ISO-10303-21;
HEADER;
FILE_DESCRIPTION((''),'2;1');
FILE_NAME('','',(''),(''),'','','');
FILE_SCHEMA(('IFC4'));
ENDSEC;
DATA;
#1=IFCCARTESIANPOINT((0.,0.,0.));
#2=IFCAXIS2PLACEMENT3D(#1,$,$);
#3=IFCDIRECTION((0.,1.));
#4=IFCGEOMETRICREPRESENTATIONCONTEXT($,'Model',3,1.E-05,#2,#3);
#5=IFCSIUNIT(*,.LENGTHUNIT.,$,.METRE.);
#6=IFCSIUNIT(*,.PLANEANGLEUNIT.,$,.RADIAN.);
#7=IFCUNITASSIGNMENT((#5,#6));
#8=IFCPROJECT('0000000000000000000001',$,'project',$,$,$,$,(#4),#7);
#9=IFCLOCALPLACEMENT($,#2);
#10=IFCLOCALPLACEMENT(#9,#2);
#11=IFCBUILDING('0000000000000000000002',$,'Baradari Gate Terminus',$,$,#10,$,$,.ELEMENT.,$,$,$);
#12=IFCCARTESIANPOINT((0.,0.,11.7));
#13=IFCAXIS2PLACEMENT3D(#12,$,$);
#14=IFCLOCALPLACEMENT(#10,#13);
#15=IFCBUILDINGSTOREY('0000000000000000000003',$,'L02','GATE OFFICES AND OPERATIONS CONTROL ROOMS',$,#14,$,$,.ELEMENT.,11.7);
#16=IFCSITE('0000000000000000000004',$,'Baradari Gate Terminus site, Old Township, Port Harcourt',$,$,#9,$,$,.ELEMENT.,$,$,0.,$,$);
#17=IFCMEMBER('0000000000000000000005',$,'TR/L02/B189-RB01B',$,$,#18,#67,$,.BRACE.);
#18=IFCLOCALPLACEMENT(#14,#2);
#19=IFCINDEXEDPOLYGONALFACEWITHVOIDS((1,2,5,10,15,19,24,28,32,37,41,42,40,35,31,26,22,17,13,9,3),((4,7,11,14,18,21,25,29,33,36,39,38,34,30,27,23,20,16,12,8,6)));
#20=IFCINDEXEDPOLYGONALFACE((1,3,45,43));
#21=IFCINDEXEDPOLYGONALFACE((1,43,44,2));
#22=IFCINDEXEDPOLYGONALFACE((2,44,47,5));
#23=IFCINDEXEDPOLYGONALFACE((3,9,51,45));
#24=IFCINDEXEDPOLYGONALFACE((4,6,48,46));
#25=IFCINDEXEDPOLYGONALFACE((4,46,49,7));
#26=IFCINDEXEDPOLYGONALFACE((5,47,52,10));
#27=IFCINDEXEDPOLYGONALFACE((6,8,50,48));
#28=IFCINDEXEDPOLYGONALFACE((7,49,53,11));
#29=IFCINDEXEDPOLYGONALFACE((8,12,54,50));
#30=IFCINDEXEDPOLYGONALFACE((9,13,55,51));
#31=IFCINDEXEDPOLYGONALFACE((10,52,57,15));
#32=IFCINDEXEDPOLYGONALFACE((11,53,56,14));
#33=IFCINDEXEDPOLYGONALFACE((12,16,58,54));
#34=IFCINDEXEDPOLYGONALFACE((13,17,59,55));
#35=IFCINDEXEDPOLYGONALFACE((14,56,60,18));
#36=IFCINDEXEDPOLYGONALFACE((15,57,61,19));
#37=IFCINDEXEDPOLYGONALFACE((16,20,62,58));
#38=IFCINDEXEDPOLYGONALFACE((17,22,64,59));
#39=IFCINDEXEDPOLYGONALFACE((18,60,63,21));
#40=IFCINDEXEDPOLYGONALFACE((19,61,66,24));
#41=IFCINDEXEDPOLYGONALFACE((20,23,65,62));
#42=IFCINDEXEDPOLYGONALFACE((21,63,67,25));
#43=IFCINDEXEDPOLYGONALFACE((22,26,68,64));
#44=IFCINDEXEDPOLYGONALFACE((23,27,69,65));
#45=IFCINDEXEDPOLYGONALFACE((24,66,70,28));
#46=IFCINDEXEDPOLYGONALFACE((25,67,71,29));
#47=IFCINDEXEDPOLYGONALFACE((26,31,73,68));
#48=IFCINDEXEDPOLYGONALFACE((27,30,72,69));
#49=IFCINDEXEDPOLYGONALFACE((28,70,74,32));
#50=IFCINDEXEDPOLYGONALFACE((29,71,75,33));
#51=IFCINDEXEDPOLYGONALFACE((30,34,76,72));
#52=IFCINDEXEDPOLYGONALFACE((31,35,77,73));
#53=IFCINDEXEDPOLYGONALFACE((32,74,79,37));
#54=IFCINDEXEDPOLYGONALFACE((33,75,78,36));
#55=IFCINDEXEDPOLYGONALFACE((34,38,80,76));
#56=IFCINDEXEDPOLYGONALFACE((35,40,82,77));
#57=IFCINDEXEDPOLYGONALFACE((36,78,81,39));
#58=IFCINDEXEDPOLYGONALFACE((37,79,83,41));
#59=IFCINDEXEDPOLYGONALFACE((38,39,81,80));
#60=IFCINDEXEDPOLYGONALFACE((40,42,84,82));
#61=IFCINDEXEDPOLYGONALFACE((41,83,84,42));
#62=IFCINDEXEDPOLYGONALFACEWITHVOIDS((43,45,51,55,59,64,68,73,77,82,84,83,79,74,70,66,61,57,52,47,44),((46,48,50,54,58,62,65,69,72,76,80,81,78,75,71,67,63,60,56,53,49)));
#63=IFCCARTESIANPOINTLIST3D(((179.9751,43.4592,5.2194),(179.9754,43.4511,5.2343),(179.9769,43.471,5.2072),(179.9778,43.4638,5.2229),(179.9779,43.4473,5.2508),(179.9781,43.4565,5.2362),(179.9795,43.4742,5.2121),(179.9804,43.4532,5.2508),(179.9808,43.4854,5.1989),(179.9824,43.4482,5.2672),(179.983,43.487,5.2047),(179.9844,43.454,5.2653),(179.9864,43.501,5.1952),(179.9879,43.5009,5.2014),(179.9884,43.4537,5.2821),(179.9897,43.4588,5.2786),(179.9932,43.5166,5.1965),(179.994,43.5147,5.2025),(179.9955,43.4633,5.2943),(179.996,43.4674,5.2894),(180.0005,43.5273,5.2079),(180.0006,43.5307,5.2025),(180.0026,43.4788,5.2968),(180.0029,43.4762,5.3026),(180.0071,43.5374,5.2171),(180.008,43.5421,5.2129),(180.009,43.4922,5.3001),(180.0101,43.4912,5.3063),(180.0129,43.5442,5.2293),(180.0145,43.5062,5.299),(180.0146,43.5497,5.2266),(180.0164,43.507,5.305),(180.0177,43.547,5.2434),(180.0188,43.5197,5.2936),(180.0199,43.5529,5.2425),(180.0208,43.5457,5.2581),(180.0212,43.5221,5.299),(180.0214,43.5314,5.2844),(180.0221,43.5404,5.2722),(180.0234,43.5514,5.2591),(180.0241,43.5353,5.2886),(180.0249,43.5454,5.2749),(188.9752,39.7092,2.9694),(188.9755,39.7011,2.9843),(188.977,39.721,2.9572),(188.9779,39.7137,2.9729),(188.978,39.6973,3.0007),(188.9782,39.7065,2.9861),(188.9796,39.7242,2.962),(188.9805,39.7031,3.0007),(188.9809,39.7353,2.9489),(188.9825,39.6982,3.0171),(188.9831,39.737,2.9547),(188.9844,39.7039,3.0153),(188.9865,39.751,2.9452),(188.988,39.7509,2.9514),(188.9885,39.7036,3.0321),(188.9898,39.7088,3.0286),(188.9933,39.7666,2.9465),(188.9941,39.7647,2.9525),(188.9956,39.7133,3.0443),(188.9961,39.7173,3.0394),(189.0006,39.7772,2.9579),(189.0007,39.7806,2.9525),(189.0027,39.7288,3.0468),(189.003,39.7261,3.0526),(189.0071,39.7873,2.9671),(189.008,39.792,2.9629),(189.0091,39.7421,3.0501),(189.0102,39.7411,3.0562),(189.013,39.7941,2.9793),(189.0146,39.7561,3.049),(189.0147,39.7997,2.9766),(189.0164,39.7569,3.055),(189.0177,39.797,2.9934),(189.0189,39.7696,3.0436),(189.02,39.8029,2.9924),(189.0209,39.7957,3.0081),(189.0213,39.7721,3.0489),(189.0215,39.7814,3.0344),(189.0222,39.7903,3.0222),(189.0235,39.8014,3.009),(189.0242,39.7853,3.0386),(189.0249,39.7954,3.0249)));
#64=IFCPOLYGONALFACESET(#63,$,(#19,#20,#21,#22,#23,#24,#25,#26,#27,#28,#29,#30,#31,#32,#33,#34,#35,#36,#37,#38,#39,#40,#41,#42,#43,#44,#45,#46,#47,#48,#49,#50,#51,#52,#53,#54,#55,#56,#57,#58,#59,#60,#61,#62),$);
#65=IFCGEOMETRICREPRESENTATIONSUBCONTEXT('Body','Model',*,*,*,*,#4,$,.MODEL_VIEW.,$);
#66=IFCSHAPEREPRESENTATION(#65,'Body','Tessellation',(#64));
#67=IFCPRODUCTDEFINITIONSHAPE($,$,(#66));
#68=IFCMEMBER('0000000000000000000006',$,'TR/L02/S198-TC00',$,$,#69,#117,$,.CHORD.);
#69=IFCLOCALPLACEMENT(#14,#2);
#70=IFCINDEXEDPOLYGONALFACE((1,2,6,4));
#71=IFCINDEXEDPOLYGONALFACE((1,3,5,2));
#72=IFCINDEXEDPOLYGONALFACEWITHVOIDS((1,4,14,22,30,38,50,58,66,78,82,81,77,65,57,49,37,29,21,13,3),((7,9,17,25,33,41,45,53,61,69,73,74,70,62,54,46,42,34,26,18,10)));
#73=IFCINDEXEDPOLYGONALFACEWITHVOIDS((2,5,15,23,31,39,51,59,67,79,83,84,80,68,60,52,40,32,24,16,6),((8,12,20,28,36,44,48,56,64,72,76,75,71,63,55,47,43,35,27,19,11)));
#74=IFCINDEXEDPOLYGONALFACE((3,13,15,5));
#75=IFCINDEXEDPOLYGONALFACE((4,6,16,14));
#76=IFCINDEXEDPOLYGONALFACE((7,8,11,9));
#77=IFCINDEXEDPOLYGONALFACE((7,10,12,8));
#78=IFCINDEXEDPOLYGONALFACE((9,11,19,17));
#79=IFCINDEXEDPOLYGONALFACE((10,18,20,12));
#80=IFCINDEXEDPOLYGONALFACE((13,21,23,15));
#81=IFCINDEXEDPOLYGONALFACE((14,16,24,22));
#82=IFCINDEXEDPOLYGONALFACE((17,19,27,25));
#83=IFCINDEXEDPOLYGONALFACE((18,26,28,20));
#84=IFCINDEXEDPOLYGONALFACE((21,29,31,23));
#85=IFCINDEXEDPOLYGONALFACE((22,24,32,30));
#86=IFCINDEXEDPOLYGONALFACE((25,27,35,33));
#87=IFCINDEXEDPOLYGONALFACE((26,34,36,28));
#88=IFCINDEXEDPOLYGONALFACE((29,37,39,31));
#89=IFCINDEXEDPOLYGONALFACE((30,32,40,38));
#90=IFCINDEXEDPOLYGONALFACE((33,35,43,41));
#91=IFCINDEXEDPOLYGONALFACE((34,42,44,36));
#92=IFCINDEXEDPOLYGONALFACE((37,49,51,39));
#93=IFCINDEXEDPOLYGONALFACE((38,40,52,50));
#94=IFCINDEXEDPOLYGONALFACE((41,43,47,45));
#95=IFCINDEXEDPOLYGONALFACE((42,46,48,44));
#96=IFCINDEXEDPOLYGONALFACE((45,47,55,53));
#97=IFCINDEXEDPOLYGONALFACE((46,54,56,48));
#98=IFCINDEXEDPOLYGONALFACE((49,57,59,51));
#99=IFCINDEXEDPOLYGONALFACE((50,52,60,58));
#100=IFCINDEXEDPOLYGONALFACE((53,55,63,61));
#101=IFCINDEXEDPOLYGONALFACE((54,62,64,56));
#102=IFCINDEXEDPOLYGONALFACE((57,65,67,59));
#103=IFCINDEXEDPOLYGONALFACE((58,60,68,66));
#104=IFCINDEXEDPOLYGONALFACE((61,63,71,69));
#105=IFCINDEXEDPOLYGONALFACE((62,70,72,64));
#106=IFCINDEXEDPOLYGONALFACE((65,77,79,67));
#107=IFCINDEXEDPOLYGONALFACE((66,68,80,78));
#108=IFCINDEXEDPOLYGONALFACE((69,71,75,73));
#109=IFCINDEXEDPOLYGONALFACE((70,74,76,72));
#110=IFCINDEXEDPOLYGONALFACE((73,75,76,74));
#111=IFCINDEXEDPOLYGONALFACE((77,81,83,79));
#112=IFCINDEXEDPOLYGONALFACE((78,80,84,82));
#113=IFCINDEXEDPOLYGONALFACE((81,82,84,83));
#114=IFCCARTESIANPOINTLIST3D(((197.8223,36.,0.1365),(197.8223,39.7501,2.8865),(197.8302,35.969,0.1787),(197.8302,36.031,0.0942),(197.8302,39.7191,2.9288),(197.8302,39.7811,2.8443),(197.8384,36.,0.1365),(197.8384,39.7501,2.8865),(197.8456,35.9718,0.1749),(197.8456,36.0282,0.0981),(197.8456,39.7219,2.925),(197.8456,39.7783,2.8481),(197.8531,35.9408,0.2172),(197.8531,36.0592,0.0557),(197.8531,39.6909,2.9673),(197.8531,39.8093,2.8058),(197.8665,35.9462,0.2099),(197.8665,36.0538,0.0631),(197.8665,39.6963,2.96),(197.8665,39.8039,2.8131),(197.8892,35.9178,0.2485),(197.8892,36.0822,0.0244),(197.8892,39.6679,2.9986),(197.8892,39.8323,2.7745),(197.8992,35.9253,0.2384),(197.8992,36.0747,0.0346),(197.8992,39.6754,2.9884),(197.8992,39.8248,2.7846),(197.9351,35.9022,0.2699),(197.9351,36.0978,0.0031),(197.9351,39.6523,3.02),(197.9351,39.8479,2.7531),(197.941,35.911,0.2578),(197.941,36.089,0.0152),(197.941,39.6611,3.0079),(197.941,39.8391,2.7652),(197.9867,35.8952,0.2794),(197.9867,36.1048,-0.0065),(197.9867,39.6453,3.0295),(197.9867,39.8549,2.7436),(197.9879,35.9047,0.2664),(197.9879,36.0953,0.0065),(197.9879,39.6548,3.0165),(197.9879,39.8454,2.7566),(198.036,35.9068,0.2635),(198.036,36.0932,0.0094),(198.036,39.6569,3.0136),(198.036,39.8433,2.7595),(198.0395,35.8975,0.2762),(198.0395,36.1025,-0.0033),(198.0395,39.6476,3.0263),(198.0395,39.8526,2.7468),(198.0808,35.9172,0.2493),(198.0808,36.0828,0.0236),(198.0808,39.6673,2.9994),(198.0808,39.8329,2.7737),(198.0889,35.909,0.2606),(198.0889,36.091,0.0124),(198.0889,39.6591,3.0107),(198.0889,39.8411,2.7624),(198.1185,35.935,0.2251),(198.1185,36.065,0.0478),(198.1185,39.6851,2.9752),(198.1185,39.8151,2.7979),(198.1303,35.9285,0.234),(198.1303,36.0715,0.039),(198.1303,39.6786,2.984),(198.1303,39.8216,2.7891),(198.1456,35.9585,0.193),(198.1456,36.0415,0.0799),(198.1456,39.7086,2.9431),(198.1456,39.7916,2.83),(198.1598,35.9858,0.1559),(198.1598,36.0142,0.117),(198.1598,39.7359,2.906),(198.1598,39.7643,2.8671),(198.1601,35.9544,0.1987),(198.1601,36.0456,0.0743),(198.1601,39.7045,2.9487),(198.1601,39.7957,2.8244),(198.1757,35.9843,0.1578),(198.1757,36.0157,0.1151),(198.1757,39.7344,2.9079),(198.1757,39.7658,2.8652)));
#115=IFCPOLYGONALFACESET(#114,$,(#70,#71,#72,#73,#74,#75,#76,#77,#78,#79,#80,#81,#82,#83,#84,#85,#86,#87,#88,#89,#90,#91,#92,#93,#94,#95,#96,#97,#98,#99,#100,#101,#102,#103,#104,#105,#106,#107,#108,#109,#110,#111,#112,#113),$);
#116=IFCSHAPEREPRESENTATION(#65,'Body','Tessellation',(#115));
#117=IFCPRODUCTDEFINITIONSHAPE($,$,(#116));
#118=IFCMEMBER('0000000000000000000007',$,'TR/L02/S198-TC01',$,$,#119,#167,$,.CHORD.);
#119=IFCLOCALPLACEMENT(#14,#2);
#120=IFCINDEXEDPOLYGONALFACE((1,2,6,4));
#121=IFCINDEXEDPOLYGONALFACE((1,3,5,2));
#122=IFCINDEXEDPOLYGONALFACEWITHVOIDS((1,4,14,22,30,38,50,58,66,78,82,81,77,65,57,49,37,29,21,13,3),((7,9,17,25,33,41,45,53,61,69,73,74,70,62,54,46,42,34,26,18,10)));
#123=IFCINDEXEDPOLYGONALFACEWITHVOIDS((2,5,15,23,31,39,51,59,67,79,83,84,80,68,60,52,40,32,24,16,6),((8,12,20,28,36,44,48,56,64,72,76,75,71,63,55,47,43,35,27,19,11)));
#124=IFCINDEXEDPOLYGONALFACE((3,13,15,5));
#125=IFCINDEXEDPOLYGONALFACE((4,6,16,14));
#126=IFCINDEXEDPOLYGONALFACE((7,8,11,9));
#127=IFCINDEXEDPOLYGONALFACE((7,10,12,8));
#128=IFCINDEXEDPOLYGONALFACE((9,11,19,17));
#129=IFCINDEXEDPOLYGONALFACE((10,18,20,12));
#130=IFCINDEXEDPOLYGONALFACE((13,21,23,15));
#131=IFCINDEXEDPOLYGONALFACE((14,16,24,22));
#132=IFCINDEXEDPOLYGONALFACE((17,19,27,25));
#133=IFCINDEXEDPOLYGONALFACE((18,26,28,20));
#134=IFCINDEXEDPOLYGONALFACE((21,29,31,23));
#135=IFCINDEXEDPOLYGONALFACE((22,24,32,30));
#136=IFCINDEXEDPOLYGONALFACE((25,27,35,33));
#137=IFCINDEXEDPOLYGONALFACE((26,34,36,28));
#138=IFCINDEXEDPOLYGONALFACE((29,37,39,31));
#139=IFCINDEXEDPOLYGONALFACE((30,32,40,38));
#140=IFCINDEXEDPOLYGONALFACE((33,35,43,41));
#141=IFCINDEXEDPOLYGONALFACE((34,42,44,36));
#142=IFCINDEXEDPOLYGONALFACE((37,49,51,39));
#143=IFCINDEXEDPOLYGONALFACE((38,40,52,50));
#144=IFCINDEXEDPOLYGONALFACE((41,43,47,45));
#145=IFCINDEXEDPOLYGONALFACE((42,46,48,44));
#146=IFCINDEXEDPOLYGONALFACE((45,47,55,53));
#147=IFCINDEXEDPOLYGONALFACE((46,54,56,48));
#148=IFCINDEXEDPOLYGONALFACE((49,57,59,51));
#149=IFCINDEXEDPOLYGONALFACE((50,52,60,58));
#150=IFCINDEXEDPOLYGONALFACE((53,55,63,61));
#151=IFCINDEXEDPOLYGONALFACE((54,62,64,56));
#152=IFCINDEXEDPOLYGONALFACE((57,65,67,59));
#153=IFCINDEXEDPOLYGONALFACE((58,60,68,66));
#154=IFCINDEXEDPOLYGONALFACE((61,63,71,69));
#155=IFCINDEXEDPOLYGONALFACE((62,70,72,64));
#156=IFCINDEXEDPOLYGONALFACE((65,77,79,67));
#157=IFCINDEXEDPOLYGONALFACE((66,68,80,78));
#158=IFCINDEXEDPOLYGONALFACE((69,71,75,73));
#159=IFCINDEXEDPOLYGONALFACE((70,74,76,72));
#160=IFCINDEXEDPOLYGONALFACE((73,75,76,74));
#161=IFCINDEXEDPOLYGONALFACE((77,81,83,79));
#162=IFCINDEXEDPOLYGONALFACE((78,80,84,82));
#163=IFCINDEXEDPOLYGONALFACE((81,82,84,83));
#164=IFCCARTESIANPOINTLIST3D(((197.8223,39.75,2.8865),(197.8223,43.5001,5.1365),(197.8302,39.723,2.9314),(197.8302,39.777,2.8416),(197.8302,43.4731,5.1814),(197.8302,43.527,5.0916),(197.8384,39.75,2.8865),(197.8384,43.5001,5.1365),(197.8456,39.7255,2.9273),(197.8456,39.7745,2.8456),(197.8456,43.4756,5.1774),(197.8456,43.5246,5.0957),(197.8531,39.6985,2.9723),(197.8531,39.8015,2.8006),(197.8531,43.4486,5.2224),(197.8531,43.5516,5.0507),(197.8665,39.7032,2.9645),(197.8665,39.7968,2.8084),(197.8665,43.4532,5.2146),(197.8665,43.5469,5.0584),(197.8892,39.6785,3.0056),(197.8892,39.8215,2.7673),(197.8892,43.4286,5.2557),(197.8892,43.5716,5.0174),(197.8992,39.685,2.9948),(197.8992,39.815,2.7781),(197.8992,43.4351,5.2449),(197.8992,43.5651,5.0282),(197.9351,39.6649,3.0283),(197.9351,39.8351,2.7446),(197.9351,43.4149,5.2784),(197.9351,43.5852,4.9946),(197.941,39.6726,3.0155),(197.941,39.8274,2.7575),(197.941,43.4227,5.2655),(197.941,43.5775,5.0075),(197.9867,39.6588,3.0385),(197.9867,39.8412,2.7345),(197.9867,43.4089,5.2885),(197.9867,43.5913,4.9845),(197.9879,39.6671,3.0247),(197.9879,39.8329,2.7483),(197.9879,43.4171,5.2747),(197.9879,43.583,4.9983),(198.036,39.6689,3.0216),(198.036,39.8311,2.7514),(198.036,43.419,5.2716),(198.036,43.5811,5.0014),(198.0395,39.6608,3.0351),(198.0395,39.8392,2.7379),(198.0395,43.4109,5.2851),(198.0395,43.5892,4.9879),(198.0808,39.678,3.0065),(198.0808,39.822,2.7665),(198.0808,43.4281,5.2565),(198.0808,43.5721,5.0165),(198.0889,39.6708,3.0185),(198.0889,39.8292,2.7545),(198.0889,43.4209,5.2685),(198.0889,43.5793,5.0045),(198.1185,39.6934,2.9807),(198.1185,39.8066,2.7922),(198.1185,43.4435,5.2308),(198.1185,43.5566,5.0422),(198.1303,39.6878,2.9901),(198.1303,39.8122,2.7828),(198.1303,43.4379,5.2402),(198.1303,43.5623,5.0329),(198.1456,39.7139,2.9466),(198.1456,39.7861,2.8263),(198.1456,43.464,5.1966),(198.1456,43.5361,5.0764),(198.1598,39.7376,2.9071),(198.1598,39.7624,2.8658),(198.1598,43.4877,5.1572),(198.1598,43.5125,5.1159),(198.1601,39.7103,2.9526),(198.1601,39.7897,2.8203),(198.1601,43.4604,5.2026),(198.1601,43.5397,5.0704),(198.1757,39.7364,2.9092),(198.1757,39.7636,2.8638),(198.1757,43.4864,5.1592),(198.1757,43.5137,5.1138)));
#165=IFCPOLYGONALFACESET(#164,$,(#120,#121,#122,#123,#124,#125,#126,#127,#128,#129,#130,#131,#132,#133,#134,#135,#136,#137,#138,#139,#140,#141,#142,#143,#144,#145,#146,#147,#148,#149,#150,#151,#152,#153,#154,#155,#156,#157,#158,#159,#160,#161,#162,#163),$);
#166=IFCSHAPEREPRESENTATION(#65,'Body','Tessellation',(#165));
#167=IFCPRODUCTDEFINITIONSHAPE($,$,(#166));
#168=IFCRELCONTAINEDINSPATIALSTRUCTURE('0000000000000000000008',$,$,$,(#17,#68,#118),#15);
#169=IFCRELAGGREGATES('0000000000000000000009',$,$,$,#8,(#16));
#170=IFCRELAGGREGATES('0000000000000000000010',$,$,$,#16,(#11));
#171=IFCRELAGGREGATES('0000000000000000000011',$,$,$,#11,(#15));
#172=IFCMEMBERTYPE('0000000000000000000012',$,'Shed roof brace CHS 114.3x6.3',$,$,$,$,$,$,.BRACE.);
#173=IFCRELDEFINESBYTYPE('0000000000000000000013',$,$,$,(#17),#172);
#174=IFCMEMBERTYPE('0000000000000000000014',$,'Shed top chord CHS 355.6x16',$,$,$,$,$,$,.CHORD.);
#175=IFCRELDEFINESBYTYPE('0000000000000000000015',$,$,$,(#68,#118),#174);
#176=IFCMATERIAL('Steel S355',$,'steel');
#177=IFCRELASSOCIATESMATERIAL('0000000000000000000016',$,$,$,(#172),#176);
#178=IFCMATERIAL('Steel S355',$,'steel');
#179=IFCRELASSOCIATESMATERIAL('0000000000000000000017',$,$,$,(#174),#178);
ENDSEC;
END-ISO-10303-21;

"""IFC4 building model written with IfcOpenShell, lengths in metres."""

from ifc_helpers import new_model, si_unit, direction, frame, origin, origin_2d, place, context, subcontext, project, spatial, hollow_circle, extrude, material, material_profile, profile_set, type_object, element, save


model = new_model("IFC4")

# Units and contexts
model_context = context("Model", 3, precision=1e-05, world=origin(), true_north=direction((0.0, 1.0)))
body_context = subcontext(model_context, "Body", "Model", "MODEL_VIEW")
ifc_project = project(units=[si_unit("LENGTHUNIT", "METRE"), si_unit("PLANEANGLEUNIT", "RADIAN")], contexts=[model_context])

# Site, building, storey
site_placement = place(None, origin())
site = spatial("IfcSite", under=ifc_project, at=site_placement, Name="Baradari Gate Terminus site, Old Township, Port Harcourt", CompositionType="ELEMENT", RefElevation=0.0)
building_placement = place(site_placement, origin())
building = spatial("IfcBuilding", under=site, at=building_placement, Name="Baradari Gate Terminus", CompositionType="ELEMENT")
storey_placement = place(building_placement, frame((0.0, 0.0, 11.7)))
storey = spatial("IfcBuildingStorey", under=building, at=storey_placement, Name="L02", Description="GATE OFFICES AND OPERATIONS CONTROL ROOMS", CompositionType="ELEMENT", Elevation=11.7)

# Members
ifc_material_1 = material(Name="Steel S355", Category="steel")
ifc_material_profile_1 = material_profile(ifc_material_1, hollow_circle(Radius=0.0571, WallThickness=0.0063, at=origin_2d()), Name="CHS 114.3x6.3")
ifc_profile_set_1 = profile_set([ifc_material_profile_1], Name="Steel S355")
member_type_1 = type_object("IfcMemberType", Name="Shed roof brace CHS 114.3x6.3", PredefinedType="BRACE", material=ifc_profile_set_1)
member_1_placement = place(storey_placement, frame((189.0, 39.75, 3.0007), z_axis=(-0.899438, 0.374766, 0.22486), x_axis=(-0.384615, -0.923077, 0.0)))
element("IfcMember", 1, at=member_1_placement, inside=storey, type_object=member_type_1, Name="TR/L02/B189-RB01B", PredefinedType="BRACE", context=body_context, shape_type="SweptSolid", body=[
    extrude(hollow_circle(Radius=0.0571, WallThickness=0.0063, at=origin_2d()), origin(), (0.0, 0.0, 1.0), 10.0063),
])
ifc_material_2 = material(Name="Steel S355", Category="steel")
ifc_material_profile_2 = material_profile(ifc_material_2, hollow_circle(Radius=0.1777, WallThickness=0.0161, at=origin_2d()), Name="CHS 355.6x16")
ifc_profile_set_2 = profile_set([ifc_material_profile_2], Name="Steel S355")
member_type_2 = type_object("IfcMemberType", Name="Shed top chord CHS 355.6x16", PredefinedType="CHORD", material=ifc_profile_set_2)
member_2_placement = place(storey_placement, frame((198.0, 36.0, 0.1365), z_axis=(0.0, 0.806405, 0.591364), x_axis=(-1.0, 0.0, 0.0)))
element("IfcMember", 2, at=member_2_placement, inside=storey, type_object=member_type_2, Name="TR/L02/S198-TC00", PredefinedType="CHORD", context=body_context, shape_type="SweptSolid", body=[
    extrude(hollow_circle(Radius=0.1777, WallThickness=0.0161, at=origin_2d()), origin(), (0.0, 0.0, 1.0), 4.6504),
])
member_3_placement = place(storey_placement, frame((198.0, 39.75, 2.8865), z_axis=(0.0, 0.857493, 0.514496), x_axis=(-1.0, 0.0, 0.0)))
element("IfcMember", 3, at=member_3_placement, inside=storey, type_object=member_type_2, Name="TR/L02/S198-TC01", PredefinedType="CHORD", context=body_context, shape_type="SweptSolid", body=[
    extrude(hollow_circle(Radius=0.1777, WallThickness=0.0161, at=origin_2d()), origin(), (0.0, 0.0, 1.0), 4.3733),
])

save(model, "model.ifc")
